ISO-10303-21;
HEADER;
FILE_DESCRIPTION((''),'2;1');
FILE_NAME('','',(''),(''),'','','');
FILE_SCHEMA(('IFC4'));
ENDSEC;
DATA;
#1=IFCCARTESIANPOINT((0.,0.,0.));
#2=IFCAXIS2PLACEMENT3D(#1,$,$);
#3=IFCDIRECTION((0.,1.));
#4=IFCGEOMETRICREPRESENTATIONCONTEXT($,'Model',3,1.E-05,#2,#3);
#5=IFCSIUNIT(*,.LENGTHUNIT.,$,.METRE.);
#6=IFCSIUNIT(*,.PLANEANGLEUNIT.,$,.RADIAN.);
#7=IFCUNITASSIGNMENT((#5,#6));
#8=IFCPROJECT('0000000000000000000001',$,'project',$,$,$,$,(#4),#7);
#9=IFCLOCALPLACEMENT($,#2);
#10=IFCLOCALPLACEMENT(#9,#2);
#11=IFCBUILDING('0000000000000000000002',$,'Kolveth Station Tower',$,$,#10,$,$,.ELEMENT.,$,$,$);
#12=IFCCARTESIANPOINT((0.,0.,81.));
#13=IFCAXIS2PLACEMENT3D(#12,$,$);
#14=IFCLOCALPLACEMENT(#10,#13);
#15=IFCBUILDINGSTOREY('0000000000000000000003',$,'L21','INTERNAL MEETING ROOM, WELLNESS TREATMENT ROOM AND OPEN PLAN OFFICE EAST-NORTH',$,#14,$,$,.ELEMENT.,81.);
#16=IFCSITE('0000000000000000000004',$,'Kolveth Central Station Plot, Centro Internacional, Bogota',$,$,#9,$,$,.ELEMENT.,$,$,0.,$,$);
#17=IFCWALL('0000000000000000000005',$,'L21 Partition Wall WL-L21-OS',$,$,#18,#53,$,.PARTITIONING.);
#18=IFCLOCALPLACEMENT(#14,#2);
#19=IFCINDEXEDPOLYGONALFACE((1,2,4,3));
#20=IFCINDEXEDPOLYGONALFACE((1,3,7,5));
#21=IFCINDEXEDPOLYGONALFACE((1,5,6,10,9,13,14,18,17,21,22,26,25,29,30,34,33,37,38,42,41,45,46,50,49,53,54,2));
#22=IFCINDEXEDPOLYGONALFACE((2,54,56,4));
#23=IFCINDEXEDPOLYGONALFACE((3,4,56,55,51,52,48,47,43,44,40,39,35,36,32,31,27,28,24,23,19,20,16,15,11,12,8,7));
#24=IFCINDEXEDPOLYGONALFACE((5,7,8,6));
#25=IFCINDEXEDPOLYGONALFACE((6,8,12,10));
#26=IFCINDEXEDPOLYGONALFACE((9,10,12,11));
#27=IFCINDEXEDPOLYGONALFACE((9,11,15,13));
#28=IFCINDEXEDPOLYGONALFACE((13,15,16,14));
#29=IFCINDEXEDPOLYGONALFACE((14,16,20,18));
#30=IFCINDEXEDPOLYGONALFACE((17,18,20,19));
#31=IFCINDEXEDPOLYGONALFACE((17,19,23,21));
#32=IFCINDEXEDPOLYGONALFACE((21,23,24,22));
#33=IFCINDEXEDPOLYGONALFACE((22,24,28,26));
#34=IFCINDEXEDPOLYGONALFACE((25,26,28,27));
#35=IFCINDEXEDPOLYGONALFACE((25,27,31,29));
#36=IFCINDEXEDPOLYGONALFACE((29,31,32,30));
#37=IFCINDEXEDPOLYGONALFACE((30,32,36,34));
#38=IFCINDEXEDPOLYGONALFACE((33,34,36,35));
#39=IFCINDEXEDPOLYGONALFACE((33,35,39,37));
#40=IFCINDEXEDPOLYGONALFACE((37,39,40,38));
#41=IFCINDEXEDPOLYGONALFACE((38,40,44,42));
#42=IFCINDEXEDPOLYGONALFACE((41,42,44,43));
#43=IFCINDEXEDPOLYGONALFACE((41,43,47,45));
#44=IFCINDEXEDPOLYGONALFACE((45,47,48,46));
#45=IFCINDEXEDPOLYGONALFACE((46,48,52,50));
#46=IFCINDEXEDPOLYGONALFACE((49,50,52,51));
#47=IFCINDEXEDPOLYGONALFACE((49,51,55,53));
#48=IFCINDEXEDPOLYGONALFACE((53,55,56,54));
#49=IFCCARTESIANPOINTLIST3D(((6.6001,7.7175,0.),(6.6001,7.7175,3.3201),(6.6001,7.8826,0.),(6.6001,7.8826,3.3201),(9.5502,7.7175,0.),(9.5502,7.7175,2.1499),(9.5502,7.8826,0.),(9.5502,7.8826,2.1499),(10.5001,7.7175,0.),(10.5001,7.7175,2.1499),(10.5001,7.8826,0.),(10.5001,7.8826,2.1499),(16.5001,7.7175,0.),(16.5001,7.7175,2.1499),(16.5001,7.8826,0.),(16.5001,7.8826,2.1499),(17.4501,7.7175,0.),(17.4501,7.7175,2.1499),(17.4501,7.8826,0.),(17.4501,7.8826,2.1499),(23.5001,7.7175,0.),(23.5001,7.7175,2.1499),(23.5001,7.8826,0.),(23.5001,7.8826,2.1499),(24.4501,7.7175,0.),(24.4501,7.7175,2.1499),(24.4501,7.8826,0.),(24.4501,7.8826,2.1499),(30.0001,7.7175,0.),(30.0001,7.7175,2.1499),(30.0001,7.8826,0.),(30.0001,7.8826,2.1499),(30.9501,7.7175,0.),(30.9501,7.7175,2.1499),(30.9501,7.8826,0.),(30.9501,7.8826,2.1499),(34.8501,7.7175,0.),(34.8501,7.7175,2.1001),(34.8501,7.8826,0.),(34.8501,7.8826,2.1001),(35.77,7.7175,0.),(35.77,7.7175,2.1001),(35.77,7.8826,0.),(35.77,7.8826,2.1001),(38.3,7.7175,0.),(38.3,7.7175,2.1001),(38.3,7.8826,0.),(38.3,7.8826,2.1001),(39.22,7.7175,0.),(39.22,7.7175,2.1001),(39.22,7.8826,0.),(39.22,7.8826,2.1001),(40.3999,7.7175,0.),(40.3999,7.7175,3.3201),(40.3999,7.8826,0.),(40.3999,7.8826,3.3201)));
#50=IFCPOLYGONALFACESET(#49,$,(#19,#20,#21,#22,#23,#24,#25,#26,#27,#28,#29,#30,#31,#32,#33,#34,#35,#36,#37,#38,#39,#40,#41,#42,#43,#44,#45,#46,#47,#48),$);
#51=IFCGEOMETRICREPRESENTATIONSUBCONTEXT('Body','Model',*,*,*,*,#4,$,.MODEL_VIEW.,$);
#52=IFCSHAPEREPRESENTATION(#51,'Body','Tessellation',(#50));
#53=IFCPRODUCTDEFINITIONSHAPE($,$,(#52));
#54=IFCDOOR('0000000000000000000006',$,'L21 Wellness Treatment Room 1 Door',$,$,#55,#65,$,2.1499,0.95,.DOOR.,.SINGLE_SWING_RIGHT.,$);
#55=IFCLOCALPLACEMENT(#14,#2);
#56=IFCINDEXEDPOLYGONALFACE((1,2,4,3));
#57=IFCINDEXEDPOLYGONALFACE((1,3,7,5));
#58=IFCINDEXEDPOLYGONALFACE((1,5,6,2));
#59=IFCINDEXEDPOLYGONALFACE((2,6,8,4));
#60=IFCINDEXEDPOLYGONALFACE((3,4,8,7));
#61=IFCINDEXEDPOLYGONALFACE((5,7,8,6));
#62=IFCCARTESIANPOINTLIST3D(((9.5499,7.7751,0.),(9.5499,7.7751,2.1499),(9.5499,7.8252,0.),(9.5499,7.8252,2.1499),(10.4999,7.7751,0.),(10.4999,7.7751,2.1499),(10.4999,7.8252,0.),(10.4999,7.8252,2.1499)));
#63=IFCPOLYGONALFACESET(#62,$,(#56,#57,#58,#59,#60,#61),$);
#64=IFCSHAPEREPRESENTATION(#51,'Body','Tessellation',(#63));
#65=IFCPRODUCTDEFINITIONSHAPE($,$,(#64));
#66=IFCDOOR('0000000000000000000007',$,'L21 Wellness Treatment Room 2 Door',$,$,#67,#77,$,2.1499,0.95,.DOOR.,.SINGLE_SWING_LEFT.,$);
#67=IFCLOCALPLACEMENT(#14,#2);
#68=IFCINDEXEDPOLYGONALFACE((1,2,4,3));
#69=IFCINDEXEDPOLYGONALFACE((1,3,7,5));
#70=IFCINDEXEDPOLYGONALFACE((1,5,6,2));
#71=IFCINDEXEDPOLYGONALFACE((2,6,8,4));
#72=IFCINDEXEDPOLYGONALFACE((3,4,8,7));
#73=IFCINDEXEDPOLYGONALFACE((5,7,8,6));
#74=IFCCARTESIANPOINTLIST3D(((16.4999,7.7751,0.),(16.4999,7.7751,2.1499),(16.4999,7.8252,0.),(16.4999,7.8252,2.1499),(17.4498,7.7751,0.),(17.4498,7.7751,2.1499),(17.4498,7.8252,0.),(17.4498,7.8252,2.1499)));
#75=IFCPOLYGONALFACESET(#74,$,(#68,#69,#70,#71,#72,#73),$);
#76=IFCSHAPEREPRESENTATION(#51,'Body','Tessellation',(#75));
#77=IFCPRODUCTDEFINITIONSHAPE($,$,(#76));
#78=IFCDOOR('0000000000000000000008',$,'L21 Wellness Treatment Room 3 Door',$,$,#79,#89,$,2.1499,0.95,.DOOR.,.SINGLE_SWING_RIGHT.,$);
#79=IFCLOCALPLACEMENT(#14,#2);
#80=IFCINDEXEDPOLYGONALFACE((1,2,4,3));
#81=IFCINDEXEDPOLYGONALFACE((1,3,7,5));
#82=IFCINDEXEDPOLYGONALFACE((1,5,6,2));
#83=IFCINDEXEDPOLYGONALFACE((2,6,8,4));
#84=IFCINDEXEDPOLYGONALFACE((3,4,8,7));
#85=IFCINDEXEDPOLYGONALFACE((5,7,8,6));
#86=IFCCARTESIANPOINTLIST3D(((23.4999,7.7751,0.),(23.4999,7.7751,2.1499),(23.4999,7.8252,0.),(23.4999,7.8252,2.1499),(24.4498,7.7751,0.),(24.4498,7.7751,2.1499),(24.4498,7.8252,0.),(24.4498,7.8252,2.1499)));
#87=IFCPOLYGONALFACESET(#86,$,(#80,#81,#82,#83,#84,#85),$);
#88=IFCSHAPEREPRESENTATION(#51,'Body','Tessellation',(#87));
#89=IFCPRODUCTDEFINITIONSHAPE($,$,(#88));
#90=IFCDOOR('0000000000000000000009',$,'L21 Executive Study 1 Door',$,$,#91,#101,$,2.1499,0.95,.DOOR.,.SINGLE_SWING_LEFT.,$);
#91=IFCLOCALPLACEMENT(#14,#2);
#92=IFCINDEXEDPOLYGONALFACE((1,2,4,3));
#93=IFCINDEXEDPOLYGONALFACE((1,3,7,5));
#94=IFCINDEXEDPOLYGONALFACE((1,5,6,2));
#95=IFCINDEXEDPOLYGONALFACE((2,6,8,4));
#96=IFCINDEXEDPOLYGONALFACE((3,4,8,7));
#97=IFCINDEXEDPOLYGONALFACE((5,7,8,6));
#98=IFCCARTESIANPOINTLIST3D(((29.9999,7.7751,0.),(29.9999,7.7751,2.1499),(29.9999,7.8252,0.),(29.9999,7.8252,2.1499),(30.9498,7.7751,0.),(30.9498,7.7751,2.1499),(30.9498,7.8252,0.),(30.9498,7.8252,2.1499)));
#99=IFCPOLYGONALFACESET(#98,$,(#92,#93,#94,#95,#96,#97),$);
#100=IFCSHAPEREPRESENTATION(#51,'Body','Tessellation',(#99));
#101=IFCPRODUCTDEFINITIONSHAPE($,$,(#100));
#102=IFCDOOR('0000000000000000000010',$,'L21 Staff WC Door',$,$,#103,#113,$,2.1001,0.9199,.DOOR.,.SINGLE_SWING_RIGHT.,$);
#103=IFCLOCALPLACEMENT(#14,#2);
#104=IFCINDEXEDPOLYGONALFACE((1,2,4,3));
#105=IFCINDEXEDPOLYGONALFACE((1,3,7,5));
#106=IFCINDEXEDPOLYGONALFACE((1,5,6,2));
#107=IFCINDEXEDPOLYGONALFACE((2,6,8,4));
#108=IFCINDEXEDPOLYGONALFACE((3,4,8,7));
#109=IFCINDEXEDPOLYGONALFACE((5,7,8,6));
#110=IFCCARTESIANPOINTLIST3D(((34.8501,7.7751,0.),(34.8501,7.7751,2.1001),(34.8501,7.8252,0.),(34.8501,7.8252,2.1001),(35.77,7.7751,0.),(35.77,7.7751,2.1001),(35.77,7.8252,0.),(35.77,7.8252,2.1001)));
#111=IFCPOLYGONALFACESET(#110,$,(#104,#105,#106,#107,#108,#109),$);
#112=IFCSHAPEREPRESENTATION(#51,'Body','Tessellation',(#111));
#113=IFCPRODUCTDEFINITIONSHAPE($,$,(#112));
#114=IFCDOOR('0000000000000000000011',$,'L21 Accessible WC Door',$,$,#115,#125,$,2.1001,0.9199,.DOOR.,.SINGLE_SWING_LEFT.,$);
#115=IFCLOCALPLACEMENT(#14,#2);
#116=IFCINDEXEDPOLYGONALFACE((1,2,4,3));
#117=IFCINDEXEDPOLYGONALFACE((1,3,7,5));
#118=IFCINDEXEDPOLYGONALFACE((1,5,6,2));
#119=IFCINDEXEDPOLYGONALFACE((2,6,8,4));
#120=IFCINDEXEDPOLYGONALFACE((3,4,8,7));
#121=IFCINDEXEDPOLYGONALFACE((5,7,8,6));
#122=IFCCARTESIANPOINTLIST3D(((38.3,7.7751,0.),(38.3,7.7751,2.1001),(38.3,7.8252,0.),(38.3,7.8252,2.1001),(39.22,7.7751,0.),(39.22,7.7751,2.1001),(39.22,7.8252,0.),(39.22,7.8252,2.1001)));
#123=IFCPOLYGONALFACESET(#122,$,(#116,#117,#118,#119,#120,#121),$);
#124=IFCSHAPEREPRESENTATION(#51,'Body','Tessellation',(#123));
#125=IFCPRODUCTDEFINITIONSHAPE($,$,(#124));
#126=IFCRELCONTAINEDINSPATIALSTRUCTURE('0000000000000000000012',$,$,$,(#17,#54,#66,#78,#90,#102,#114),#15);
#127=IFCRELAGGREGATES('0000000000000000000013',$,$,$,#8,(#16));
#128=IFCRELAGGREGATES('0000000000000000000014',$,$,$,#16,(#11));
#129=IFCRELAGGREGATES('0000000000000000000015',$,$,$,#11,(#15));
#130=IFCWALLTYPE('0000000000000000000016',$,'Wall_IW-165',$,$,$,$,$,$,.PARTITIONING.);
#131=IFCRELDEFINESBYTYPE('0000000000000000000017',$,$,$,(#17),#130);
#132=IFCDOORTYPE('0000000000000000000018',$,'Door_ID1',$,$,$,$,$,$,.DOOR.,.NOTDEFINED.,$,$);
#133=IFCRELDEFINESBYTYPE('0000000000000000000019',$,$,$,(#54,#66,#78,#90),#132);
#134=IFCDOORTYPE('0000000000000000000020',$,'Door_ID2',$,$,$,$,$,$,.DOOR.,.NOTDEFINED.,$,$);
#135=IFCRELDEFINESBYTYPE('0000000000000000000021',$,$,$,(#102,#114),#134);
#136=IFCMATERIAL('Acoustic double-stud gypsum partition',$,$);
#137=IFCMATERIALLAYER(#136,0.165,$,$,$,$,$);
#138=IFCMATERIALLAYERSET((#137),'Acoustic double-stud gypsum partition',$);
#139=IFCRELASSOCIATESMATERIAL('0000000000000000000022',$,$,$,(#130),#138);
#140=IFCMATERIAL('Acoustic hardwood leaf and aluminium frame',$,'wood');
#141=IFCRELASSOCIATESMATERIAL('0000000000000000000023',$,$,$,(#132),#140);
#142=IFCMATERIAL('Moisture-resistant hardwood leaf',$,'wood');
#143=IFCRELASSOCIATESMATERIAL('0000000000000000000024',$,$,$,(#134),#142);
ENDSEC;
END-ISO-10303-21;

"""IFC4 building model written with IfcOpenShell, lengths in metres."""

from ifc_helpers import new_model, si_unit, direction, frame, frame_2d, origin, place, context, subcontext, project, spatial, rectangle, extrude, material, layer, layer_set, type_object, element, fill, save


model = new_model("IFC4")

# Units and contexts
model_context = context("Model", 3, precision=1e-05, world=origin(), true_north=direction((0.0, 1.0)))
body_context = subcontext(model_context, "Body", "Model", "MODEL_VIEW")
ifc_project = project(units=[si_unit("LENGTHUNIT", "METRE"), si_unit("PLANEANGLEUNIT", "RADIAN")], contexts=[model_context])

# Site, building, storey
site_placement = place(None, origin())
site = spatial("IfcSite", under=ifc_project, at=site_placement, Name="Kolveth Central Station Plot, Centro Internacional, Bogota", CompositionType="ELEMENT", RefElevation=0.0)
building_placement = place(site_placement, origin())
building = spatial("IfcBuilding", under=site, at=building_placement, Name="Kolveth Station Tower", CompositionType="ELEMENT")
storey_placement = place(building_placement, frame((0.0, 0.0, 81.0)))
storey = spatial("IfcBuildingStorey", under=building, at=storey_placement, Name="L21", Description="INTERNAL MEETING ROOM, WELLNESS TREATMENT ROOM AND OPEN PLAN OFFICE EAST-NORTH", CompositionType="ELEMENT", Elevation=81.0)

# Wall, openings, doors
ifc_material_1 = material(Name="Acoustic double-stud gypsum partition")
ifc_layer = layer(ifc_material_1, 0.165)
ifc_layer_set = layer_set([ifc_layer], Name="Acoustic double-stud gypsum partition")
wall_type = type_object("IfcWallType", Name="Wall_IW-165", PredefinedType="PARTITIONING", material=ifc_layer_set)
wall_1_placement = place(storey_placement, frame((6.6001, 7.8, 0.0), z_axis=(0.0, 0.0, 1.0), x_axis=(1.0, 0.0, 0.0)))
wall_1 = element("IfcWall", 1, at=wall_1_placement, inside=storey, type_object=wall_type, Name="L21 Partition Wall WL-L21-OS", PredefinedType="PARTITIONING", context=body_context, shape_type="SweptSolid", body=[
    extrude(rectangle(XDim=33.7998, YDim=0.165, at=frame_2d((16.8999, 0.0))), origin(), (0.0, 0.0, 1.0), 3.3201),
])
opening_1_placement = place(wall_1_placement, frame((2.95, 0.0, 0.0)))
opening_1 = element("IfcOpeningElement", 2, at=opening_1_placement, cuts=wall_1, PredefinedType="OPENING", context=body_context, shape_type="SweptSolid", body=[
    extrude(rectangle(XDim=0.95, YDim=2.1499, at=frame_2d((0.4751, 1.075))), frame((0.0, 0.0925, 0.0), z_axis=(0.0, -1.0, 0.0), x_axis=(1.0, 0.0, 0.0)), (0.0, 0.0, 1.0), 0.1851),
])
opening_2_placement = place(wall_1_placement, frame((9.8999, 0.0, 0.0)))
opening_2 = element("IfcOpeningElement", 3, at=opening_2_placement, cuts=wall_1, PredefinedType="OPENING", context=body_context, shape_type="SweptSolid", body=[
    extrude(rectangle(XDim=0.95, YDim=2.1499, at=frame_2d((0.4751, 1.075))), frame((0.0, 0.0925, 0.0), z_axis=(0.0, -1.0, 0.0), x_axis=(1.0, 0.0, 0.0)), (0.0, 0.0, 1.0), 0.1851),
])
opening_3_placement = place(wall_1_placement, frame((16.8999, 0.0, 0.0)))
opening_3 = element("IfcOpeningElement", 4, at=opening_3_placement, cuts=wall_1, PredefinedType="OPENING", context=body_context, shape_type="SweptSolid", body=[
    extrude(rectangle(XDim=0.95, YDim=2.1499, at=frame_2d((0.4751, 1.075))), frame((0.0, 0.0925, 0.0), z_axis=(0.0, -1.0, 0.0), x_axis=(1.0, 0.0, 0.0)), (0.0, 0.0, 1.0), 0.1851),
])
opening_4_placement = place(wall_1_placement, frame((23.3999, 0.0, 0.0)))
opening_4 = element("IfcOpeningElement", 5, at=opening_4_placement, cuts=wall_1, PredefinedType="OPENING", context=body_context, shape_type="SweptSolid", body=[
    extrude(rectangle(XDim=0.95, YDim=2.1499, at=frame_2d((0.4751, 1.075))), frame((0.0, 0.0925, 0.0), z_axis=(0.0, -1.0, 0.0), x_axis=(1.0, 0.0, 0.0)), (0.0, 0.0, 1.0), 0.1851),
])
opening_5_placement = place(wall_1_placement, frame((28.25, 0.0, 0.0)))
opening_5 = element("IfcOpeningElement", 6, at=opening_5_placement, cuts=wall_1, PredefinedType="OPENING", context=body_context, shape_type="SweptSolid", body=[
    extrude(rectangle(XDim=0.9199, YDim=2.1001, at=frame_2d((0.46, 1.05))), frame((0.0, 0.0925, 0.0), z_axis=(0.0, -1.0, 0.0), x_axis=(1.0, 0.0, 0.0)), (0.0, 0.0, 1.0), 0.1851),
])
opening_6_placement = place(wall_1_placement, frame((31.7, 0.0, 0.0)))
opening_6 = element("IfcOpeningElement", 7, at=opening_6_placement, cuts=wall_1, PredefinedType="OPENING", context=body_context, shape_type="SweptSolid", body=[
    extrude(rectangle(XDim=0.9199, YDim=2.1001, at=frame_2d((0.46, 1.05))), frame((0.0, 0.0925, 0.0), z_axis=(0.0, -1.0, 0.0), x_axis=(1.0, 0.0, 0.0)), (0.0, 0.0, 1.0), 0.1851),
])
ifc_material_2 = material(Name="Acoustic hardwood leaf and aluminium frame", Category="wood")
door_type_1 = type_object("IfcDoorType", Name="Door_ID1", OperationType="NOTDEFINED", PredefinedType="DOOR", material=ifc_material_2)
door_1_placement = place(opening_1_placement, frame((0.95, 0.0, 0.0), z_axis=(0.0, 0.0, 1.0), x_axis=(-1.0, 0.0, 0.0)))
door_1 = element("IfcDoor", 8, at=door_1_placement, inside=storey, type_object=door_type_1, Name="L21 Wellness Treatment Room 1 Door", OperationType="SINGLE_SWING_RIGHT", OverallHeight=2.1499, OverallWidth=0.95, PredefinedType="DOOR", context=body_context, shape_type="SweptSolid", body=[
    extrude(rectangle(XDim=0.95, YDim=2.1499, at=frame_2d((0.4751, 1.075))), frame((0.0, 0.0249, 0.0), z_axis=(0.0, -1.0, 0.0), x_axis=(1.0, 0.0, 0.0)), (0.0, 0.0, 1.0), 0.05),
])
fill(opening_1, door_1)
door_2_placement = place(opening_2_placement, frame((0.95, 0.0, 0.0), z_axis=(0.0, 0.0, 1.0), x_axis=(-1.0, 0.0, 0.0)))
door_2 = element("IfcDoor", 9, at=door_2_placement, inside=storey, type_object=door_type_1, Name="L21 Wellness Treatment Room 2 Door", OperationType="SINGLE_SWING_LEFT", OverallHeight=2.1499, OverallWidth=0.95, PredefinedType="DOOR", context=body_context, shape_type="SweptSolid", body=[
    extrude(rectangle(XDim=0.95, YDim=2.1499, at=frame_2d((0.4751, 1.075))), frame((0.0, 0.0249, 0.0), z_axis=(0.0, -1.0, 0.0), x_axis=(1.0, 0.0, 0.0)), (0.0, 0.0, 1.0), 0.05),
])
fill(opening_2, door_2)
door_3_placement = place(opening_3_placement, frame((0.95, 0.0, 0.0), z_axis=(0.0, 0.0, 1.0), x_axis=(-1.0, 0.0, 0.0)))
door_3 = element("IfcDoor", 10, at=door_3_placement, inside=storey, type_object=door_type_1, Name="L21 Wellness Treatment Room 3 Door", OperationType="SINGLE_SWING_RIGHT", OverallHeight=2.1499, OverallWidth=0.95, PredefinedType="DOOR", context=body_context, shape_type="SweptSolid", body=[
    extrude(rectangle(XDim=0.95, YDim=2.1499, at=frame_2d((0.4751, 1.075))), frame((0.0, 0.0249, 0.0), z_axis=(0.0, -1.0, 0.0), x_axis=(1.0, 0.0, 0.0)), (0.0, 0.0, 1.0), 0.05),
])
fill(opening_3, door_3)
door_4_placement = place(opening_4_placement, frame((0.95, 0.0, 0.0), z_axis=(0.0, 0.0, 1.0), x_axis=(-1.0, 0.0, 0.0)))
door_4 = element("IfcDoor", 11, at=door_4_placement, inside=storey, type_object=door_type_1, Name="L21 Executive Study 1 Door", OperationType="SINGLE_SWING_LEFT", OverallHeight=2.1499, OverallWidth=0.95, PredefinedType="DOOR", context=body_context, shape_type="SweptSolid", body=[
    extrude(rectangle(XDim=0.95, YDim=2.1499, at=frame_2d((0.4751, 1.075))), frame((0.0, 0.0249, 0.0), z_axis=(0.0, -1.0, 0.0), x_axis=(1.0, 0.0, 0.0)), (0.0, 0.0, 1.0), 0.05),
])
fill(opening_4, door_4)
ifc_material_3 = material(Name="Moisture-resistant hardwood leaf", Category="wood")
door_type_2 = type_object("IfcDoorType", Name="Door_ID2", OperationType="NOTDEFINED", PredefinedType="DOOR", material=ifc_material_3)
door_5_placement = place(opening_5_placement, frame((0.9199, 0.0, 0.0), z_axis=(0.0, 0.0, 1.0), x_axis=(-1.0, 0.0, 0.0)))
door_5 = element("IfcDoor", 12, at=door_5_placement, inside=storey, type_object=door_type_2, Name="L21 Staff WC Door", OperationType="SINGLE_SWING_RIGHT", OverallHeight=2.1001, OverallWidth=0.9199, PredefinedType="DOOR", context=body_context, shape_type="SweptSolid", body=[
    extrude(rectangle(XDim=0.9199, YDim=2.1001, at=frame_2d((0.46, 1.05))), frame((0.0, 0.0249, 0.0), z_axis=(0.0, -1.0, 0.0), x_axis=(1.0, 0.0, 0.0)), (0.0, 0.0, 1.0), 0.05),
])
fill(opening_5, door_5)
door_6_placement = place(opening_6_placement, frame((0.9199, 0.0, 0.0), z_axis=(0.0, 0.0, 1.0), x_axis=(-1.0, 0.0, 0.0)))
door_6 = element("IfcDoor", 13, at=door_6_placement, inside=storey, type_object=door_type_2, Name="L21 Accessible WC Door", OperationType="SINGLE_SWING_LEFT", OverallHeight=2.1001, OverallWidth=0.9199, PredefinedType="DOOR", context=body_context, shape_type="SweptSolid", body=[
    extrude(rectangle(XDim=0.9199, YDim=2.1001, at=frame_2d((0.46, 1.05))), frame((0.0, 0.0249, 0.0), z_axis=(0.0, -1.0, 0.0), x_axis=(1.0, 0.0, 0.0)), (0.0, 0.0, 1.0), 0.05),
])
fill(opening_6, door_6)

save(model, "model.ifc")
